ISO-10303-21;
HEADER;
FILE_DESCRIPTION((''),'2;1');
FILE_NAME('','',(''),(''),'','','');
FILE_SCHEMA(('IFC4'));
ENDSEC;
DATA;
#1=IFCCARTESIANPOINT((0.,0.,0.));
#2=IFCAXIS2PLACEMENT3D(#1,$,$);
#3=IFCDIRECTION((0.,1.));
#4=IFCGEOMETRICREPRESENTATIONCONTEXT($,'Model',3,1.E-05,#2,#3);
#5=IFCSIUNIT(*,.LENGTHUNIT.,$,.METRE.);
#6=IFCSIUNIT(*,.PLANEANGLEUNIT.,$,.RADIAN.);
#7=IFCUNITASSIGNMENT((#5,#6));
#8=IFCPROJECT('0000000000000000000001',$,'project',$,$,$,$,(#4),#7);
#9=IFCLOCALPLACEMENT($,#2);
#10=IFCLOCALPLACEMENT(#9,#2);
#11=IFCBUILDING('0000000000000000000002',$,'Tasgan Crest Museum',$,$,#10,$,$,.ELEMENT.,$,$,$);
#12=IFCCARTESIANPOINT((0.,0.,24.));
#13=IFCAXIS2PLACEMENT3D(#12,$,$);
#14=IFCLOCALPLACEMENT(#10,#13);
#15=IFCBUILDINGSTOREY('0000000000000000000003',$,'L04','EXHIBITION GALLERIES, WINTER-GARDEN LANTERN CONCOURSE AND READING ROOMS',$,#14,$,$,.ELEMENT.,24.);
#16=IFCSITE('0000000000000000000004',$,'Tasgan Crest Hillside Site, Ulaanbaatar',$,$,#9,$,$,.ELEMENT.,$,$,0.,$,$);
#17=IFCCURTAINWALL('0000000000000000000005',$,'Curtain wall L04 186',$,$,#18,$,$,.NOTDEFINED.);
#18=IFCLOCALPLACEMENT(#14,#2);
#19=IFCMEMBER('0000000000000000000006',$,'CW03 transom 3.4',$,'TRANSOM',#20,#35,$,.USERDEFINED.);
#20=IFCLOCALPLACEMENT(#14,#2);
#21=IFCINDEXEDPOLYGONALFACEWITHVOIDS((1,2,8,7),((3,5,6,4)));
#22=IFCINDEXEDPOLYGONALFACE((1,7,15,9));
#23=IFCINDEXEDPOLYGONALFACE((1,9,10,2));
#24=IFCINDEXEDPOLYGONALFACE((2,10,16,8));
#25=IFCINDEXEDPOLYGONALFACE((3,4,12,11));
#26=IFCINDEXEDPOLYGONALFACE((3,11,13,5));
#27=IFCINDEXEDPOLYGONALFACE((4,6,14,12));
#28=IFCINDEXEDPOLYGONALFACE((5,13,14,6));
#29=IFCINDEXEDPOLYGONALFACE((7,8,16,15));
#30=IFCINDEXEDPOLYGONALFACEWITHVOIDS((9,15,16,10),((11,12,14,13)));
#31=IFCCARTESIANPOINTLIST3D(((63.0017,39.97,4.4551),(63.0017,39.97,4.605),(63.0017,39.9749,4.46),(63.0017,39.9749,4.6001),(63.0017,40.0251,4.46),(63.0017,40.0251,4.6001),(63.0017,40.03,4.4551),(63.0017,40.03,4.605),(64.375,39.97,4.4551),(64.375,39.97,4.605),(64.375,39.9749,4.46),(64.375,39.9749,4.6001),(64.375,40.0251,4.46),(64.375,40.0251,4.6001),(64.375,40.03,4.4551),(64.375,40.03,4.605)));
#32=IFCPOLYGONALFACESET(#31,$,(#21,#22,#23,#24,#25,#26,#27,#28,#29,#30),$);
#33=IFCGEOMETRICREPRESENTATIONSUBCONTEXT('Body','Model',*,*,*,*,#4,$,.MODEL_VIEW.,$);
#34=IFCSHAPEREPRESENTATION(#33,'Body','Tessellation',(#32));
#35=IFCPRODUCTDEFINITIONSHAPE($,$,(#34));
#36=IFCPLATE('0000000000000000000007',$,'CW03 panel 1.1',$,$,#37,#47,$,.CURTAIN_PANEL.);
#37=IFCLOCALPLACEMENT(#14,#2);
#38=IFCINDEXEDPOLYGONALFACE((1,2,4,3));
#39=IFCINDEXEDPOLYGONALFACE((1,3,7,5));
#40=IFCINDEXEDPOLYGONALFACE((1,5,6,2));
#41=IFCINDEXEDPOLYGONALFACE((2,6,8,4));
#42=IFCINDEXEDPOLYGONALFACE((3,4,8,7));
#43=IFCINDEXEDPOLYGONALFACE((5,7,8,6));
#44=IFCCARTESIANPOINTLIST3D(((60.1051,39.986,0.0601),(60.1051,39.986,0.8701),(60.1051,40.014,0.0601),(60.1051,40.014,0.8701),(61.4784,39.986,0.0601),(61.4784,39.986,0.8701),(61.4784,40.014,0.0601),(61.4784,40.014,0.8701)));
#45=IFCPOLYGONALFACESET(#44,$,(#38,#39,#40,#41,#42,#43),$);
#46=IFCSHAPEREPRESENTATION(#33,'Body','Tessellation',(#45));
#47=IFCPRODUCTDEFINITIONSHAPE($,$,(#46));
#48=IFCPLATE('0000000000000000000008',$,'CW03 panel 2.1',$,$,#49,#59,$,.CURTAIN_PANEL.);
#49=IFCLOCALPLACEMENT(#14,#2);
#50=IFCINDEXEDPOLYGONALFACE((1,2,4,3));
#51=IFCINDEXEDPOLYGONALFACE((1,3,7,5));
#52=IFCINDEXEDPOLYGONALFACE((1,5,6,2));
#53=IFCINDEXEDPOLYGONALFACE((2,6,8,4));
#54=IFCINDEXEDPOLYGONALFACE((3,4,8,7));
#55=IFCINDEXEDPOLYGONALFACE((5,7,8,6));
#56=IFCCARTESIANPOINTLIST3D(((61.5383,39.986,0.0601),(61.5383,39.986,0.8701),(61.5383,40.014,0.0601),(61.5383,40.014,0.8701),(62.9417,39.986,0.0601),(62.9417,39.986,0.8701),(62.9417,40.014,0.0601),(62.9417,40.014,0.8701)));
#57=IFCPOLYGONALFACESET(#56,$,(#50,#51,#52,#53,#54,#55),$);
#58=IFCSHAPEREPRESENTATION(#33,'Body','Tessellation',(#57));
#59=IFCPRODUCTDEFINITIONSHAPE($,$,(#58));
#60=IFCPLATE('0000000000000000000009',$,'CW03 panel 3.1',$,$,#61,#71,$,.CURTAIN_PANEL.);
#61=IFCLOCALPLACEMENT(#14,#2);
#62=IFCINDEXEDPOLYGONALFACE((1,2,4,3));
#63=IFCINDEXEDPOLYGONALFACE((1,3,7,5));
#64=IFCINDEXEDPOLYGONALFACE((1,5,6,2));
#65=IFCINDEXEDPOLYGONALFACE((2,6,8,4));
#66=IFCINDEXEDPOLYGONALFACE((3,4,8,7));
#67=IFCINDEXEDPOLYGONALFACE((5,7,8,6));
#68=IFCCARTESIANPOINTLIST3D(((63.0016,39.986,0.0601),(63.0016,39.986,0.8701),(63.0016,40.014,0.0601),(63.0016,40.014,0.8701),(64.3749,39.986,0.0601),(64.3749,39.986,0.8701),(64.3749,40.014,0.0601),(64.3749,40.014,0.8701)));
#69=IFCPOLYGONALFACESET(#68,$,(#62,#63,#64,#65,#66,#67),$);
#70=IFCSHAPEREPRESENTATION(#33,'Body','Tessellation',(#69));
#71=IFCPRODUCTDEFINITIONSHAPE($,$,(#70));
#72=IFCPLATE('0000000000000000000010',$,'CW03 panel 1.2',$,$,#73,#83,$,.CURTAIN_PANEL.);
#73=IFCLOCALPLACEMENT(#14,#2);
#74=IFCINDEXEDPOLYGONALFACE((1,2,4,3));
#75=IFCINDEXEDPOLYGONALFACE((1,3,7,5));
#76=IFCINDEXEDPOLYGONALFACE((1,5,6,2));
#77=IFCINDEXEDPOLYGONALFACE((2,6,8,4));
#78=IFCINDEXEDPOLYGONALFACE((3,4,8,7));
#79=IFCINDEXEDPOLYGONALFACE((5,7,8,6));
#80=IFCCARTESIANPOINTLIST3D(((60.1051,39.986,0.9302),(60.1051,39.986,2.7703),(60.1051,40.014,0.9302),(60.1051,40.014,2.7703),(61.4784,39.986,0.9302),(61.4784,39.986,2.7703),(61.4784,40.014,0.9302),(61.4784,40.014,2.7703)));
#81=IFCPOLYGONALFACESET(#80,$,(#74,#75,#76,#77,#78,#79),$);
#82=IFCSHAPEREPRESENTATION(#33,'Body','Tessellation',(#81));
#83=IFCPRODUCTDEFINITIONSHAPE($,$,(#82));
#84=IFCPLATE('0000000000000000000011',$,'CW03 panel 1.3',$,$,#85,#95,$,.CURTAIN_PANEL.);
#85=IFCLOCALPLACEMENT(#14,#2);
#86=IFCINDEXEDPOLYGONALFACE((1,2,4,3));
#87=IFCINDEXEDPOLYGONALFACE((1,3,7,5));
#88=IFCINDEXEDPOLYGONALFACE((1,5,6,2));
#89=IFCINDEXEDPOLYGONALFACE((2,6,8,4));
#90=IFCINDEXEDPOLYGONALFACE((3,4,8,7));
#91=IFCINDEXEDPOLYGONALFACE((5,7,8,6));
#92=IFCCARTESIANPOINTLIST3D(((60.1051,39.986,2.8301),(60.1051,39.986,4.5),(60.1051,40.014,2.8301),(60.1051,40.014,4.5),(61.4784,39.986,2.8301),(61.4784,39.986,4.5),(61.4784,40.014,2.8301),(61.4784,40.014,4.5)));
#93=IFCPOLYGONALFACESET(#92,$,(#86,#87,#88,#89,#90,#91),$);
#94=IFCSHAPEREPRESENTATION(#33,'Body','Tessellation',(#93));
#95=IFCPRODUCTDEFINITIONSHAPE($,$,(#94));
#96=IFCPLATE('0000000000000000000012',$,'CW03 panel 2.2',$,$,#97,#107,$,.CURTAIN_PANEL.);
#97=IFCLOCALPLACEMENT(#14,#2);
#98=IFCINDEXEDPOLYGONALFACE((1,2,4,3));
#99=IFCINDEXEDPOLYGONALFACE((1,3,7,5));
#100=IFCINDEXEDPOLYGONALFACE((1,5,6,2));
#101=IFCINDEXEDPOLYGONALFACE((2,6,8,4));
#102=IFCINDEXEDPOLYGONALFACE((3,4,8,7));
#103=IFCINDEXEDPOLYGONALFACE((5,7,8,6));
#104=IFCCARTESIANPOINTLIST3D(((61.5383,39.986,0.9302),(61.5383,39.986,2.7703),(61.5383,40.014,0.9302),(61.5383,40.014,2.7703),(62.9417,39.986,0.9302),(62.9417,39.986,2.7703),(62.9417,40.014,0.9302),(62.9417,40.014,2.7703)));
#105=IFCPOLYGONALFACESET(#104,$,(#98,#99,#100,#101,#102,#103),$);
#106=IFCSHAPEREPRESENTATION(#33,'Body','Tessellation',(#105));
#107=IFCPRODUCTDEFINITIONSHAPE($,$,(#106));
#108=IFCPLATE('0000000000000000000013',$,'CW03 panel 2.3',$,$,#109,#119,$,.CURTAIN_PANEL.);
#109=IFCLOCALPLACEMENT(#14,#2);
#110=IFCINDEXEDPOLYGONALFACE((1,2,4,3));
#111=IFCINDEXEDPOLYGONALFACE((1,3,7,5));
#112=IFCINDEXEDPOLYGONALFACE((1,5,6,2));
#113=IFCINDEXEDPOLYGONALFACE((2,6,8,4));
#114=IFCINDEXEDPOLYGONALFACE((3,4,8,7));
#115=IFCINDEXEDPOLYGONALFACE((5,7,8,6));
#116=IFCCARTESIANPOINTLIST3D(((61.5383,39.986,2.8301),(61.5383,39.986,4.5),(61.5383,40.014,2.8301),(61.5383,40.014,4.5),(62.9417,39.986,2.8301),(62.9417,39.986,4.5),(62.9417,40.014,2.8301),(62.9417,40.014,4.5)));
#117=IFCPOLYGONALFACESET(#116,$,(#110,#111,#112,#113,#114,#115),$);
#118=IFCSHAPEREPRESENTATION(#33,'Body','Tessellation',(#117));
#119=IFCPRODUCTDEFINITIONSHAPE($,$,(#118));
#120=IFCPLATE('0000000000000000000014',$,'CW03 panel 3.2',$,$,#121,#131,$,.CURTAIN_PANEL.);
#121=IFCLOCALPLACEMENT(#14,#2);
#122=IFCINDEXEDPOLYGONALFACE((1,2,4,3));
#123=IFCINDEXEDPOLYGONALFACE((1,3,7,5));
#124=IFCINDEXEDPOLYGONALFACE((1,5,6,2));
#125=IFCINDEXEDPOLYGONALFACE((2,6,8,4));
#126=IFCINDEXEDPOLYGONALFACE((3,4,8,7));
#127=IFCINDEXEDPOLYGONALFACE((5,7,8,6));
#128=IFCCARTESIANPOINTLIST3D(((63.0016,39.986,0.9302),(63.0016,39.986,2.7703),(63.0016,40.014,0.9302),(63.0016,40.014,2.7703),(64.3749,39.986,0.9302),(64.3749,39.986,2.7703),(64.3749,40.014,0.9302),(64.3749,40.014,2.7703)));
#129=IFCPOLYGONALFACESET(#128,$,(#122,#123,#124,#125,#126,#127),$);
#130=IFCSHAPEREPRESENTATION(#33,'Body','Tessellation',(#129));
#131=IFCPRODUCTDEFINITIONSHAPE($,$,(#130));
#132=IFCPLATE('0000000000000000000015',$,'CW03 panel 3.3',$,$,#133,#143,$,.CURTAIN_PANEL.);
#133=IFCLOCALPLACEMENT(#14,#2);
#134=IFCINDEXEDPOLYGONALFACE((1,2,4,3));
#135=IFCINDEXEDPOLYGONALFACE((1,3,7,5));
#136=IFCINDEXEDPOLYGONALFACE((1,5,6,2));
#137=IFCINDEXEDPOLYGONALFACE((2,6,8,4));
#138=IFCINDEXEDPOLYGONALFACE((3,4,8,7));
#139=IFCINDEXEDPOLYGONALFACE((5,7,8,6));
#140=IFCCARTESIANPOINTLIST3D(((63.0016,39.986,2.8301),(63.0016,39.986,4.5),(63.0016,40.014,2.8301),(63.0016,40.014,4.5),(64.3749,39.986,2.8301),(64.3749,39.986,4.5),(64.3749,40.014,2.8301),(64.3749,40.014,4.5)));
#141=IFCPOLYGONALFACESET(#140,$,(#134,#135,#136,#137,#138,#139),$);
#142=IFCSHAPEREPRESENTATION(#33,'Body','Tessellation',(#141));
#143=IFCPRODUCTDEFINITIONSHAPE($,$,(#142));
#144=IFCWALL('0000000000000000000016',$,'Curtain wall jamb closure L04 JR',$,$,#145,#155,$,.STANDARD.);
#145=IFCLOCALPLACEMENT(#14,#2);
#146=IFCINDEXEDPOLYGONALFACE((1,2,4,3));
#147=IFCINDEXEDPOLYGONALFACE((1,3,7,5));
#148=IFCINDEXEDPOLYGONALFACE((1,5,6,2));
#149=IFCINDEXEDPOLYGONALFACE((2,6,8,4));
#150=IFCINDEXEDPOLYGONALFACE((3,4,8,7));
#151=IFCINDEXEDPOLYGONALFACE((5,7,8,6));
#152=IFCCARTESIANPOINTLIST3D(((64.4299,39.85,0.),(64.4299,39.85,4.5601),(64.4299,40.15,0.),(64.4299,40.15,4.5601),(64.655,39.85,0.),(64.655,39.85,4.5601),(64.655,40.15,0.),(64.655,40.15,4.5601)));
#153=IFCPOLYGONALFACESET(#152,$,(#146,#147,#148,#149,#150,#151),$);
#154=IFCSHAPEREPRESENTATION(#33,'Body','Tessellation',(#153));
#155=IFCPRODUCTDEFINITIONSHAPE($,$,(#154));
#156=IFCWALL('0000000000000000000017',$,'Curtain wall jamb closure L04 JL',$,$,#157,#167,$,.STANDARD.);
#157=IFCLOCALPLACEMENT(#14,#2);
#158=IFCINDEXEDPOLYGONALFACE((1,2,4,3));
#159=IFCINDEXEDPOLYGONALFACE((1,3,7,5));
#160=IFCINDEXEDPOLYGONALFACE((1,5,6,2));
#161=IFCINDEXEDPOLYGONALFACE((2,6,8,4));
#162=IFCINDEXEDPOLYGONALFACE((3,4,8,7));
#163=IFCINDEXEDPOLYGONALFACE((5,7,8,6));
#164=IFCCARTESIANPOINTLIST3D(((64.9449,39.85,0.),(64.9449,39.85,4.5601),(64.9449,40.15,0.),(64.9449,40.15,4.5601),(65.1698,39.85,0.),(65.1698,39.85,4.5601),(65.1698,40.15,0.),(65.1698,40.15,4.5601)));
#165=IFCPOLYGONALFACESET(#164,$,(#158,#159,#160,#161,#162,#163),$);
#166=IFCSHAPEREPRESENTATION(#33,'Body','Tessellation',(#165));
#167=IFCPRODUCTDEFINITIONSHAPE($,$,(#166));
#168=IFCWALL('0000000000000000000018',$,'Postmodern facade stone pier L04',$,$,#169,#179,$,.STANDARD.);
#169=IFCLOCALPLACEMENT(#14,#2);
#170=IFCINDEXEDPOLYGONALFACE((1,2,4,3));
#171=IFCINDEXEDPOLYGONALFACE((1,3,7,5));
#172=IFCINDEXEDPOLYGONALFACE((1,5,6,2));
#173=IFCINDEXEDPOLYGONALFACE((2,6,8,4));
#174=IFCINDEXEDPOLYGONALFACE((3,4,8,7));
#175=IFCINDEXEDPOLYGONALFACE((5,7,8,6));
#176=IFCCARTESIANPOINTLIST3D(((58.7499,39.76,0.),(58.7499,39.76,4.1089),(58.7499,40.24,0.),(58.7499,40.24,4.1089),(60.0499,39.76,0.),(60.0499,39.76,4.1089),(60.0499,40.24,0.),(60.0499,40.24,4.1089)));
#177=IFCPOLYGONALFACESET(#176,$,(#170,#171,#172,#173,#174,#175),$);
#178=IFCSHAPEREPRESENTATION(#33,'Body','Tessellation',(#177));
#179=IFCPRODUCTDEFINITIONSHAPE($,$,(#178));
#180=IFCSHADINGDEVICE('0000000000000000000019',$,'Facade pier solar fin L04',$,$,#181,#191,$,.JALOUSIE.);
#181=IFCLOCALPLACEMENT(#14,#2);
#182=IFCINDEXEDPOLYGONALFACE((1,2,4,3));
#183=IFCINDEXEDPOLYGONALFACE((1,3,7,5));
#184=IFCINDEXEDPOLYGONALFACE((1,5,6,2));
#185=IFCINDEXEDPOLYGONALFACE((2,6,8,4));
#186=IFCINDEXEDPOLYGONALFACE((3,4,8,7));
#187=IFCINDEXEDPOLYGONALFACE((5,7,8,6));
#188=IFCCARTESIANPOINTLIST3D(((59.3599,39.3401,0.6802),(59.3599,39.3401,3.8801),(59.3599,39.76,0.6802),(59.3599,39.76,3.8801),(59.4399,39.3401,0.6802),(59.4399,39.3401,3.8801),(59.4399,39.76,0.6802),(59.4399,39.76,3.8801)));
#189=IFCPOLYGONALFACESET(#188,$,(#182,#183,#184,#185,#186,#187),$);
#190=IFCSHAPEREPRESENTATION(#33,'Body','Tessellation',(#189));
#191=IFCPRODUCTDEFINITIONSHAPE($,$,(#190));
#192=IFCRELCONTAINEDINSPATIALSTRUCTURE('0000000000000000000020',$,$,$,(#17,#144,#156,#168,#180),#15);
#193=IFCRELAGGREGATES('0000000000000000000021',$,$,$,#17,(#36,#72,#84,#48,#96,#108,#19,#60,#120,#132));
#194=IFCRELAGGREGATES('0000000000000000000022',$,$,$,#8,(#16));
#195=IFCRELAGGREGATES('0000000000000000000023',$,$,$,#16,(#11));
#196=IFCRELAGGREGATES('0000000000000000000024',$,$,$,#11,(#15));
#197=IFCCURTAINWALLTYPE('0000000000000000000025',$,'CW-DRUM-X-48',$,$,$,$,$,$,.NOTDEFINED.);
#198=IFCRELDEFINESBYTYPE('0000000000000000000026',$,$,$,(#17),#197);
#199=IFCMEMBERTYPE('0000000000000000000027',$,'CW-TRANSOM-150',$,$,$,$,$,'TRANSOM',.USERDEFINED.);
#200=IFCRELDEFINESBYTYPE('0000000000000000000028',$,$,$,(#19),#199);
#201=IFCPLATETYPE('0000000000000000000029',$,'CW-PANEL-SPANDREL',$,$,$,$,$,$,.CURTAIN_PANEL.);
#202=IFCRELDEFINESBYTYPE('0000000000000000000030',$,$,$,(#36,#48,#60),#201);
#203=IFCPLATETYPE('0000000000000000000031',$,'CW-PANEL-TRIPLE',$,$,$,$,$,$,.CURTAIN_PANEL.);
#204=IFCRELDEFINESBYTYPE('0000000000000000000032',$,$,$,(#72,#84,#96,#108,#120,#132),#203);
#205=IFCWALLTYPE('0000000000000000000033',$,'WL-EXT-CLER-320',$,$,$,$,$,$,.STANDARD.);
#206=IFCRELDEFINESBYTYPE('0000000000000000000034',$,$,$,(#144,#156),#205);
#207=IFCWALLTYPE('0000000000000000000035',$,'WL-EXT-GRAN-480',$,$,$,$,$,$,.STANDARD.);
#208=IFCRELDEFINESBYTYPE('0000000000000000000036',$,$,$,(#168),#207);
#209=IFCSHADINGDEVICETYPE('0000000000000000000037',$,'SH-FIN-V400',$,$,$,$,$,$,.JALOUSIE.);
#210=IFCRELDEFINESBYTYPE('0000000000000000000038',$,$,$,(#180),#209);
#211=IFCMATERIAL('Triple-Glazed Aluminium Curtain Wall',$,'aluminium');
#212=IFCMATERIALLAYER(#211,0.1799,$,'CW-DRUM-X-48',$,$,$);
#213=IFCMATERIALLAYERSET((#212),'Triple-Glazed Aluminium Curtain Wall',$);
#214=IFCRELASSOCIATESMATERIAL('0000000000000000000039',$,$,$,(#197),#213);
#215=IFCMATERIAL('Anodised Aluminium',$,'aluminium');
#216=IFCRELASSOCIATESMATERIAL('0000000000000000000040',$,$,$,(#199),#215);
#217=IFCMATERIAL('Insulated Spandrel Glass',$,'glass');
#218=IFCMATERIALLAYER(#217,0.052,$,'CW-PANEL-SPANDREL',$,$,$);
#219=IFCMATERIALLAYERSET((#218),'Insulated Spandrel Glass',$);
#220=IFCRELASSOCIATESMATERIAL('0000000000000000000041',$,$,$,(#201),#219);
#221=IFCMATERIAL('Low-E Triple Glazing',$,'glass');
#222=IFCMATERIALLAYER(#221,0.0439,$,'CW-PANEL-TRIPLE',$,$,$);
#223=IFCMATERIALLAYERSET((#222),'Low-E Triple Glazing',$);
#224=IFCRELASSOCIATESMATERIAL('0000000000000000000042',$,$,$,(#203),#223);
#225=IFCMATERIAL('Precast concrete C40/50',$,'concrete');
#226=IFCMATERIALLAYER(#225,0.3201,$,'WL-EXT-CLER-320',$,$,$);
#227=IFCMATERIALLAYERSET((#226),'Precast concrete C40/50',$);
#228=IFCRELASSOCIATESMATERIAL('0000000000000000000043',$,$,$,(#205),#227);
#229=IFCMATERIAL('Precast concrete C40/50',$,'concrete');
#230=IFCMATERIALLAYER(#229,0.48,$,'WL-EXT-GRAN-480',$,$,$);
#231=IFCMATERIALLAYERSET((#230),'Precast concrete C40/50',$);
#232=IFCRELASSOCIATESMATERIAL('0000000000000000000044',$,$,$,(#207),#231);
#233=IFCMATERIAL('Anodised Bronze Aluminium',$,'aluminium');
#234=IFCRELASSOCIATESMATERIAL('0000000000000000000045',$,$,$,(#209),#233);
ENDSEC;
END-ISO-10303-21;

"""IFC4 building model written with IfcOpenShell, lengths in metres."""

from ifc_helpers import new_model, si_unit, direction, frame, frame_2d, origin, origin_2d, place, context, subcontext, project, spatial, rectangle, hollow_rectangle, extrude, material, layer, layer_set, material_profile, profile_set, type_object, element, aggregate, save


model = new_model("IFC4")

# Units and contexts
model_context = context("Model", 3, precision=1e-05, world=origin(), true_north=direction((0.0, 1.0)))
body_context = subcontext(model_context, "Body", "Model", "MODEL_VIEW")
ifc_project = project(units=[si_unit("LENGTHUNIT", "METRE"), si_unit("PLANEANGLEUNIT", "RADIAN")], contexts=[model_context])

# Site, building, storey
site_placement = place(None, origin())
site = spatial("IfcSite", under=ifc_project, at=site_placement, Name="Tasgan Crest Hillside Site, Ulaanbaatar", CompositionType="ELEMENT", RefElevation=0.0)
building_placement = place(site_placement, origin())
building = spatial("IfcBuilding", under=site, at=building_placement, Name="Tasgan Crest Museum", CompositionType="ELEMENT")
storey_placement = place(building_placement, frame((0.0, 0.0, 24.0)))
storey = spatial("IfcBuildingStorey", under=building, at=storey_placement, Name="L04", Description="EXHIBITION GALLERIES, WINTER-GARDEN LANTERN CONCOURSE AND READING ROOMS", CompositionType="ELEMENT", Elevation=24.0)

# Curtain wall, member, plates
ifc_material_1 = material(Name="Triple-Glazed Aluminium Curtain Wall", Category="aluminium")
ifc_layer_1 = layer(ifc_material_1, 0.1799, Name="CW-DRUM-X-48")
ifc_layer_set_1 = layer_set([ifc_layer_1], Name="Triple-Glazed Aluminium Curtain Wall")
curtain_wall_type = type_object("IfcCurtainWallType", Name="CW-DRUM-X-48", PredefinedType="NOTDEFINED", material=ifc_layer_set_1)
curtain_wall_placement = place(storey_placement, origin())
curtain_wall = element("IfcCurtainWall", 1, at=curtain_wall_placement, inside=storey, type_object=curtain_wall_type, Name="Curtain wall L04 186", PredefinedType="NOTDEFINED")
ifc_material_2 = material(Name="Anodised Aluminium", Category="aluminium")
ifc_material_profile_1 = material_profile(ifc_material_2, hollow_rectangle(XDim=0.0601, YDim=0.1499, WallThickness=0.0049, at=origin_2d()), Name="ALU TRANSOM 150x60x5")
ifc_profile_set_1 = profile_set([ifc_material_profile_1], Name="Anodised Aluminium")
member_type_1 = type_object("IfcMemberType", Name="CW-TRANSOM-150", ElementType="TRANSOM", PredefinedType="USERDEFINED", material=ifc_profile_set_1)
member_1_placement = place(storey_placement, frame((63.0017, 40.0, 4.53), z_axis=(1.0, 0.0, 0.0), x_axis=(0.0, 1.0, 0.0)))
member_1 = element("IfcMember", 2, at=member_1_placement, type_object=member_type_1, Name="CW03 transom 3.4", ObjectType="TRANSOM", PredefinedType="USERDEFINED", context=body_context, shape_type="SweptSolid", body=[
    extrude(hollow_rectangle(XDim=0.0601, YDim=0.1499, WallThickness=0.0049, at=origin_2d()), origin(), (0.0, 0.0, 1.0), 1.3733),
])
ifc_material_3 = material(Name="Insulated Spandrel Glass", Category="glass")
ifc_layer_2 = layer(ifc_material_3, 0.052, Name="CW-PANEL-SPANDREL")
ifc_layer_set_2 = layer_set([ifc_layer_2], Name="Insulated Spandrel Glass")
plate_type_1 = type_object("IfcPlateType", Name="CW-PANEL-SPANDREL", PredefinedType="CURTAIN_PANEL", material=ifc_layer_set_2)
plate_1_placement = place(storey_placement, frame((60.7917, 40.0, 0.0601), z_axis=(0.0, 0.0, 1.0), x_axis=(1.0, 0.0, 0.0)))
plate_1 = element("IfcPlate", 3, at=plate_1_placement, type_object=plate_type_1, Name="CW03 panel 1.1", PredefinedType="CURTAIN_PANEL", context=body_context, shape_type="SweptSolid", body=[
    extrude(rectangle(XDim=1.3733, YDim=0.0281, at=origin_2d()), origin(), (0.0, 0.0, 1.0), 0.8101),
])
plate_2_placement = place(storey_placement, frame((62.24, 40.0, 0.0601), z_axis=(0.0, 0.0, 1.0), x_axis=(1.0, 0.0, 0.0)))
plate_2 = element("IfcPlate", 4, at=plate_2_placement, type_object=plate_type_1, Name="CW03 panel 2.1", PredefinedType="CURTAIN_PANEL", context=body_context, shape_type="SweptSolid", body=[
    extrude(rectangle(XDim=1.4033, YDim=0.0281, at=origin_2d()), origin(), (0.0, 0.0, 1.0), 0.8101),
])
plate_3_placement = place(storey_placement, frame((63.6882, 40.0, 0.0601), z_axis=(0.0, 0.0, 1.0), x_axis=(1.0, 0.0, 0.0)))
plate_3 = element("IfcPlate", 5, at=plate_3_placement, type_object=plate_type_1, Name="CW03 panel 3.1", PredefinedType="CURTAIN_PANEL", context=body_context, shape_type="SweptSolid", body=[
    extrude(rectangle(XDim=1.3733, YDim=0.0281, at=origin_2d()), origin(), (0.0, 0.0, 1.0), 0.8101),
])
ifc_material_4 = material(Name="Low-E Triple Glazing", Category="glass")
ifc_layer_3 = layer(ifc_material_4, 0.0439, Name="CW-PANEL-TRIPLE")
ifc_layer_set_3 = layer_set([ifc_layer_3], Name="Low-E Triple Glazing")
plate_type_2 = type_object("IfcPlateType", Name="CW-PANEL-TRIPLE", PredefinedType="CURTAIN_PANEL", material=ifc_layer_set_3)
plate_4_placement = place(storey_placement, frame((60.7917, 40.0, 0.9302), z_axis=(0.0, 0.0, 1.0), x_axis=(1.0, 0.0, 0.0)))
plate_4 = element("IfcPlate", 6, at=plate_4_placement, type_object=plate_type_2, Name="CW03 panel 1.2", PredefinedType="CURTAIN_PANEL", context=body_context, shape_type="SweptSolid", body=[
    extrude(rectangle(XDim=1.3733, YDim=0.0281, at=origin_2d()), origin(), (0.0, 0.0, 1.0), 1.8401),
])
plate_5_placement = place(storey_placement, frame((60.7917, 40.0, 2.8301), z_axis=(0.0, 0.0, 1.0), x_axis=(1.0, 0.0, 0.0)))
plate_5 = element("IfcPlate", 7, at=plate_5_placement, type_object=plate_type_2, Name="CW03 panel 1.3", PredefinedType="CURTAIN_PANEL", context=body_context, shape_type="SweptSolid", body=[
    extrude(rectangle(XDim=1.3733, YDim=0.0281, at=origin_2d()), origin(), (0.0, 0.0, 1.0), 1.6699),
])
plate_6_placement = place(storey_placement, frame((62.24, 40.0, 0.9302), z_axis=(0.0, 0.0, 1.0), x_axis=(1.0, 0.0, 0.0)))
plate_6 = element("IfcPlate", 8, at=plate_6_placement, type_object=plate_type_2, Name="CW03 panel 2.2", PredefinedType="CURTAIN_PANEL", context=body_context, shape_type="SweptSolid", body=[
    extrude(rectangle(XDim=1.4033, YDim=0.0281, at=origin_2d()), origin(), (0.0, 0.0, 1.0), 1.8401),
])
plate_7_placement = place(storey_placement, frame((62.24, 40.0, 2.8301), z_axis=(0.0, 0.0, 1.0), x_axis=(1.0, 0.0, 0.0)))
plate_7 = element("IfcPlate", 9, at=plate_7_placement, type_object=plate_type_2, Name="CW03 panel 2.3", PredefinedType="CURTAIN_PANEL", context=body_context, shape_type="SweptSolid", body=[
    extrude(rectangle(XDim=1.4033, YDim=0.0281, at=origin_2d()), origin(), (0.0, 0.0, 1.0), 1.6699),
])
plate_8_placement = place(storey_placement, frame((63.6882, 40.0, 0.9302), z_axis=(0.0, 0.0, 1.0), x_axis=(1.0, 0.0, 0.0)))
plate_8 = element("IfcPlate", 10, at=plate_8_placement, type_object=plate_type_2, Name="CW03 panel 3.2", PredefinedType="CURTAIN_PANEL", context=body_context, shape_type="SweptSolid", body=[
    extrude(rectangle(XDim=1.3733, YDim=0.0281, at=origin_2d()), origin(), (0.0, 0.0, 1.0), 1.8401),
])
plate_9_placement = place(storey_placement, frame((63.6882, 40.0, 2.8301), z_axis=(0.0, 0.0, 1.0), x_axis=(1.0, 0.0, 0.0)))
plate_9 = element("IfcPlate", 11, at=plate_9_placement, type_object=plate_type_2, Name="CW03 panel 3.3", PredefinedType="CURTAIN_PANEL", context=body_context, shape_type="SweptSolid", body=[
    extrude(rectangle(XDim=1.3733, YDim=0.0281, at=origin_2d()), origin(), (0.0, 0.0, 1.0), 1.6699),
])
aggregate(curtain_wall, [plate_1, plate_4, plate_5, plate_2, plate_6, plate_7, member_1, plate_3, plate_8, plate_9])

# Walls
ifc_material_5 = material(Name="Precast concrete C40/50", Category="concrete")
ifc_layer_4 = layer(ifc_material_5, 0.3201, Name="WL-EXT-CLER-320")
ifc_layer_set_4 = layer_set([ifc_layer_4], Name="Precast concrete C40/50")
wall_type_1 = type_object("IfcWallType", Name="WL-EXT-CLER-320", PredefinedType="STANDARD", material=ifc_layer_set_4)
wall_1_placement = place(storey_placement, frame((64.4299, 40.0, 0.0), z_axis=(0.0, 0.0, 1.0), x_axis=(1.0, 0.0, 0.0)))
element("IfcWall", 12, at=wall_1_placement, inside=storey, type_object=wall_type_1, Name="Curtain wall jamb closure L04 JR", PredefinedType="STANDARD", context=body_context, shape_type="SweptSolid", body=[
    extrude(rectangle(XDim=0.2251, YDim=0.3, at=frame_2d((0.1125, 0.0))), origin(), (0.0, 0.0, 1.0), 4.5601),
])
wall_2_placement = place(storey_placement, frame((64.9451, 40.0, 0.0), z_axis=(0.0, 0.0, 1.0), x_axis=(1.0, 0.0, 0.0)))
element("IfcWall", 13, at=wall_2_placement, inside=storey, type_object=wall_type_1, Name="Curtain wall jamb closure L04 JL", PredefinedType="STANDARD", context=body_context, shape_type="SweptSolid", body=[
    extrude(rectangle(XDim=0.2249, YDim=0.3, at=frame_2d((0.1123, 0.0))), origin(), (0.0, 0.0, 1.0), 4.5601),
])
ifc_material_6 = material(Name="Precast concrete C40/50", Category="concrete")
ifc_layer_5 = layer(ifc_material_6, 0.48, Name="WL-EXT-GRAN-480")
ifc_layer_set_5 = layer_set([ifc_layer_5], Name="Precast concrete C40/50")
wall_type_2 = type_object("IfcWallType", Name="WL-EXT-GRAN-480", PredefinedType="STANDARD", material=ifc_layer_set_5)
wall_3_placement = place(storey_placement, frame((58.75, 40.0, 0.0), z_axis=(0.0, 0.0, 1.0), x_axis=(1.0, 0.0, 0.0)))
element("IfcWall", 14, at=wall_3_placement, inside=storey, type_object=wall_type_2, Name="Postmodern facade stone pier L04", PredefinedType="STANDARD", context=body_context, shape_type="SweptSolid", body=[
    extrude(rectangle(XDim=1.3, YDim=0.48, at=frame_2d((0.6499, 0.0))), origin(), (0.0, 0.0, 1.0), 4.1089),
])

# Shading device
ifc_material_7 = material(Name="Anodised Bronze Aluminium", Category="aluminium")
shading_device_type = type_object("IfcShadingDeviceType", Name="SH-FIN-V400", PredefinedType="JALOUSIE", material=ifc_material_7)
shading_device_placement = place(storey_placement, frame((59.3999, 39.55, 0.6802), z_axis=(0.0, 0.0, 1.0), x_axis=(1.0, 0.0, 0.0)))
element("IfcShadingDevice", 15, at=shading_device_placement, inside=storey, type_object=shading_device_type, Name="Facade pier solar fin L04", PredefinedType="JALOUSIE", context=body_context, shape_type="SweptSolid", body=[
    extrude(rectangle(XDim=0.0801, YDim=0.4199, at=origin_2d()), origin(), (0.0, 0.0, 1.0), 3.2),
])

save(model, "model.ifc")
